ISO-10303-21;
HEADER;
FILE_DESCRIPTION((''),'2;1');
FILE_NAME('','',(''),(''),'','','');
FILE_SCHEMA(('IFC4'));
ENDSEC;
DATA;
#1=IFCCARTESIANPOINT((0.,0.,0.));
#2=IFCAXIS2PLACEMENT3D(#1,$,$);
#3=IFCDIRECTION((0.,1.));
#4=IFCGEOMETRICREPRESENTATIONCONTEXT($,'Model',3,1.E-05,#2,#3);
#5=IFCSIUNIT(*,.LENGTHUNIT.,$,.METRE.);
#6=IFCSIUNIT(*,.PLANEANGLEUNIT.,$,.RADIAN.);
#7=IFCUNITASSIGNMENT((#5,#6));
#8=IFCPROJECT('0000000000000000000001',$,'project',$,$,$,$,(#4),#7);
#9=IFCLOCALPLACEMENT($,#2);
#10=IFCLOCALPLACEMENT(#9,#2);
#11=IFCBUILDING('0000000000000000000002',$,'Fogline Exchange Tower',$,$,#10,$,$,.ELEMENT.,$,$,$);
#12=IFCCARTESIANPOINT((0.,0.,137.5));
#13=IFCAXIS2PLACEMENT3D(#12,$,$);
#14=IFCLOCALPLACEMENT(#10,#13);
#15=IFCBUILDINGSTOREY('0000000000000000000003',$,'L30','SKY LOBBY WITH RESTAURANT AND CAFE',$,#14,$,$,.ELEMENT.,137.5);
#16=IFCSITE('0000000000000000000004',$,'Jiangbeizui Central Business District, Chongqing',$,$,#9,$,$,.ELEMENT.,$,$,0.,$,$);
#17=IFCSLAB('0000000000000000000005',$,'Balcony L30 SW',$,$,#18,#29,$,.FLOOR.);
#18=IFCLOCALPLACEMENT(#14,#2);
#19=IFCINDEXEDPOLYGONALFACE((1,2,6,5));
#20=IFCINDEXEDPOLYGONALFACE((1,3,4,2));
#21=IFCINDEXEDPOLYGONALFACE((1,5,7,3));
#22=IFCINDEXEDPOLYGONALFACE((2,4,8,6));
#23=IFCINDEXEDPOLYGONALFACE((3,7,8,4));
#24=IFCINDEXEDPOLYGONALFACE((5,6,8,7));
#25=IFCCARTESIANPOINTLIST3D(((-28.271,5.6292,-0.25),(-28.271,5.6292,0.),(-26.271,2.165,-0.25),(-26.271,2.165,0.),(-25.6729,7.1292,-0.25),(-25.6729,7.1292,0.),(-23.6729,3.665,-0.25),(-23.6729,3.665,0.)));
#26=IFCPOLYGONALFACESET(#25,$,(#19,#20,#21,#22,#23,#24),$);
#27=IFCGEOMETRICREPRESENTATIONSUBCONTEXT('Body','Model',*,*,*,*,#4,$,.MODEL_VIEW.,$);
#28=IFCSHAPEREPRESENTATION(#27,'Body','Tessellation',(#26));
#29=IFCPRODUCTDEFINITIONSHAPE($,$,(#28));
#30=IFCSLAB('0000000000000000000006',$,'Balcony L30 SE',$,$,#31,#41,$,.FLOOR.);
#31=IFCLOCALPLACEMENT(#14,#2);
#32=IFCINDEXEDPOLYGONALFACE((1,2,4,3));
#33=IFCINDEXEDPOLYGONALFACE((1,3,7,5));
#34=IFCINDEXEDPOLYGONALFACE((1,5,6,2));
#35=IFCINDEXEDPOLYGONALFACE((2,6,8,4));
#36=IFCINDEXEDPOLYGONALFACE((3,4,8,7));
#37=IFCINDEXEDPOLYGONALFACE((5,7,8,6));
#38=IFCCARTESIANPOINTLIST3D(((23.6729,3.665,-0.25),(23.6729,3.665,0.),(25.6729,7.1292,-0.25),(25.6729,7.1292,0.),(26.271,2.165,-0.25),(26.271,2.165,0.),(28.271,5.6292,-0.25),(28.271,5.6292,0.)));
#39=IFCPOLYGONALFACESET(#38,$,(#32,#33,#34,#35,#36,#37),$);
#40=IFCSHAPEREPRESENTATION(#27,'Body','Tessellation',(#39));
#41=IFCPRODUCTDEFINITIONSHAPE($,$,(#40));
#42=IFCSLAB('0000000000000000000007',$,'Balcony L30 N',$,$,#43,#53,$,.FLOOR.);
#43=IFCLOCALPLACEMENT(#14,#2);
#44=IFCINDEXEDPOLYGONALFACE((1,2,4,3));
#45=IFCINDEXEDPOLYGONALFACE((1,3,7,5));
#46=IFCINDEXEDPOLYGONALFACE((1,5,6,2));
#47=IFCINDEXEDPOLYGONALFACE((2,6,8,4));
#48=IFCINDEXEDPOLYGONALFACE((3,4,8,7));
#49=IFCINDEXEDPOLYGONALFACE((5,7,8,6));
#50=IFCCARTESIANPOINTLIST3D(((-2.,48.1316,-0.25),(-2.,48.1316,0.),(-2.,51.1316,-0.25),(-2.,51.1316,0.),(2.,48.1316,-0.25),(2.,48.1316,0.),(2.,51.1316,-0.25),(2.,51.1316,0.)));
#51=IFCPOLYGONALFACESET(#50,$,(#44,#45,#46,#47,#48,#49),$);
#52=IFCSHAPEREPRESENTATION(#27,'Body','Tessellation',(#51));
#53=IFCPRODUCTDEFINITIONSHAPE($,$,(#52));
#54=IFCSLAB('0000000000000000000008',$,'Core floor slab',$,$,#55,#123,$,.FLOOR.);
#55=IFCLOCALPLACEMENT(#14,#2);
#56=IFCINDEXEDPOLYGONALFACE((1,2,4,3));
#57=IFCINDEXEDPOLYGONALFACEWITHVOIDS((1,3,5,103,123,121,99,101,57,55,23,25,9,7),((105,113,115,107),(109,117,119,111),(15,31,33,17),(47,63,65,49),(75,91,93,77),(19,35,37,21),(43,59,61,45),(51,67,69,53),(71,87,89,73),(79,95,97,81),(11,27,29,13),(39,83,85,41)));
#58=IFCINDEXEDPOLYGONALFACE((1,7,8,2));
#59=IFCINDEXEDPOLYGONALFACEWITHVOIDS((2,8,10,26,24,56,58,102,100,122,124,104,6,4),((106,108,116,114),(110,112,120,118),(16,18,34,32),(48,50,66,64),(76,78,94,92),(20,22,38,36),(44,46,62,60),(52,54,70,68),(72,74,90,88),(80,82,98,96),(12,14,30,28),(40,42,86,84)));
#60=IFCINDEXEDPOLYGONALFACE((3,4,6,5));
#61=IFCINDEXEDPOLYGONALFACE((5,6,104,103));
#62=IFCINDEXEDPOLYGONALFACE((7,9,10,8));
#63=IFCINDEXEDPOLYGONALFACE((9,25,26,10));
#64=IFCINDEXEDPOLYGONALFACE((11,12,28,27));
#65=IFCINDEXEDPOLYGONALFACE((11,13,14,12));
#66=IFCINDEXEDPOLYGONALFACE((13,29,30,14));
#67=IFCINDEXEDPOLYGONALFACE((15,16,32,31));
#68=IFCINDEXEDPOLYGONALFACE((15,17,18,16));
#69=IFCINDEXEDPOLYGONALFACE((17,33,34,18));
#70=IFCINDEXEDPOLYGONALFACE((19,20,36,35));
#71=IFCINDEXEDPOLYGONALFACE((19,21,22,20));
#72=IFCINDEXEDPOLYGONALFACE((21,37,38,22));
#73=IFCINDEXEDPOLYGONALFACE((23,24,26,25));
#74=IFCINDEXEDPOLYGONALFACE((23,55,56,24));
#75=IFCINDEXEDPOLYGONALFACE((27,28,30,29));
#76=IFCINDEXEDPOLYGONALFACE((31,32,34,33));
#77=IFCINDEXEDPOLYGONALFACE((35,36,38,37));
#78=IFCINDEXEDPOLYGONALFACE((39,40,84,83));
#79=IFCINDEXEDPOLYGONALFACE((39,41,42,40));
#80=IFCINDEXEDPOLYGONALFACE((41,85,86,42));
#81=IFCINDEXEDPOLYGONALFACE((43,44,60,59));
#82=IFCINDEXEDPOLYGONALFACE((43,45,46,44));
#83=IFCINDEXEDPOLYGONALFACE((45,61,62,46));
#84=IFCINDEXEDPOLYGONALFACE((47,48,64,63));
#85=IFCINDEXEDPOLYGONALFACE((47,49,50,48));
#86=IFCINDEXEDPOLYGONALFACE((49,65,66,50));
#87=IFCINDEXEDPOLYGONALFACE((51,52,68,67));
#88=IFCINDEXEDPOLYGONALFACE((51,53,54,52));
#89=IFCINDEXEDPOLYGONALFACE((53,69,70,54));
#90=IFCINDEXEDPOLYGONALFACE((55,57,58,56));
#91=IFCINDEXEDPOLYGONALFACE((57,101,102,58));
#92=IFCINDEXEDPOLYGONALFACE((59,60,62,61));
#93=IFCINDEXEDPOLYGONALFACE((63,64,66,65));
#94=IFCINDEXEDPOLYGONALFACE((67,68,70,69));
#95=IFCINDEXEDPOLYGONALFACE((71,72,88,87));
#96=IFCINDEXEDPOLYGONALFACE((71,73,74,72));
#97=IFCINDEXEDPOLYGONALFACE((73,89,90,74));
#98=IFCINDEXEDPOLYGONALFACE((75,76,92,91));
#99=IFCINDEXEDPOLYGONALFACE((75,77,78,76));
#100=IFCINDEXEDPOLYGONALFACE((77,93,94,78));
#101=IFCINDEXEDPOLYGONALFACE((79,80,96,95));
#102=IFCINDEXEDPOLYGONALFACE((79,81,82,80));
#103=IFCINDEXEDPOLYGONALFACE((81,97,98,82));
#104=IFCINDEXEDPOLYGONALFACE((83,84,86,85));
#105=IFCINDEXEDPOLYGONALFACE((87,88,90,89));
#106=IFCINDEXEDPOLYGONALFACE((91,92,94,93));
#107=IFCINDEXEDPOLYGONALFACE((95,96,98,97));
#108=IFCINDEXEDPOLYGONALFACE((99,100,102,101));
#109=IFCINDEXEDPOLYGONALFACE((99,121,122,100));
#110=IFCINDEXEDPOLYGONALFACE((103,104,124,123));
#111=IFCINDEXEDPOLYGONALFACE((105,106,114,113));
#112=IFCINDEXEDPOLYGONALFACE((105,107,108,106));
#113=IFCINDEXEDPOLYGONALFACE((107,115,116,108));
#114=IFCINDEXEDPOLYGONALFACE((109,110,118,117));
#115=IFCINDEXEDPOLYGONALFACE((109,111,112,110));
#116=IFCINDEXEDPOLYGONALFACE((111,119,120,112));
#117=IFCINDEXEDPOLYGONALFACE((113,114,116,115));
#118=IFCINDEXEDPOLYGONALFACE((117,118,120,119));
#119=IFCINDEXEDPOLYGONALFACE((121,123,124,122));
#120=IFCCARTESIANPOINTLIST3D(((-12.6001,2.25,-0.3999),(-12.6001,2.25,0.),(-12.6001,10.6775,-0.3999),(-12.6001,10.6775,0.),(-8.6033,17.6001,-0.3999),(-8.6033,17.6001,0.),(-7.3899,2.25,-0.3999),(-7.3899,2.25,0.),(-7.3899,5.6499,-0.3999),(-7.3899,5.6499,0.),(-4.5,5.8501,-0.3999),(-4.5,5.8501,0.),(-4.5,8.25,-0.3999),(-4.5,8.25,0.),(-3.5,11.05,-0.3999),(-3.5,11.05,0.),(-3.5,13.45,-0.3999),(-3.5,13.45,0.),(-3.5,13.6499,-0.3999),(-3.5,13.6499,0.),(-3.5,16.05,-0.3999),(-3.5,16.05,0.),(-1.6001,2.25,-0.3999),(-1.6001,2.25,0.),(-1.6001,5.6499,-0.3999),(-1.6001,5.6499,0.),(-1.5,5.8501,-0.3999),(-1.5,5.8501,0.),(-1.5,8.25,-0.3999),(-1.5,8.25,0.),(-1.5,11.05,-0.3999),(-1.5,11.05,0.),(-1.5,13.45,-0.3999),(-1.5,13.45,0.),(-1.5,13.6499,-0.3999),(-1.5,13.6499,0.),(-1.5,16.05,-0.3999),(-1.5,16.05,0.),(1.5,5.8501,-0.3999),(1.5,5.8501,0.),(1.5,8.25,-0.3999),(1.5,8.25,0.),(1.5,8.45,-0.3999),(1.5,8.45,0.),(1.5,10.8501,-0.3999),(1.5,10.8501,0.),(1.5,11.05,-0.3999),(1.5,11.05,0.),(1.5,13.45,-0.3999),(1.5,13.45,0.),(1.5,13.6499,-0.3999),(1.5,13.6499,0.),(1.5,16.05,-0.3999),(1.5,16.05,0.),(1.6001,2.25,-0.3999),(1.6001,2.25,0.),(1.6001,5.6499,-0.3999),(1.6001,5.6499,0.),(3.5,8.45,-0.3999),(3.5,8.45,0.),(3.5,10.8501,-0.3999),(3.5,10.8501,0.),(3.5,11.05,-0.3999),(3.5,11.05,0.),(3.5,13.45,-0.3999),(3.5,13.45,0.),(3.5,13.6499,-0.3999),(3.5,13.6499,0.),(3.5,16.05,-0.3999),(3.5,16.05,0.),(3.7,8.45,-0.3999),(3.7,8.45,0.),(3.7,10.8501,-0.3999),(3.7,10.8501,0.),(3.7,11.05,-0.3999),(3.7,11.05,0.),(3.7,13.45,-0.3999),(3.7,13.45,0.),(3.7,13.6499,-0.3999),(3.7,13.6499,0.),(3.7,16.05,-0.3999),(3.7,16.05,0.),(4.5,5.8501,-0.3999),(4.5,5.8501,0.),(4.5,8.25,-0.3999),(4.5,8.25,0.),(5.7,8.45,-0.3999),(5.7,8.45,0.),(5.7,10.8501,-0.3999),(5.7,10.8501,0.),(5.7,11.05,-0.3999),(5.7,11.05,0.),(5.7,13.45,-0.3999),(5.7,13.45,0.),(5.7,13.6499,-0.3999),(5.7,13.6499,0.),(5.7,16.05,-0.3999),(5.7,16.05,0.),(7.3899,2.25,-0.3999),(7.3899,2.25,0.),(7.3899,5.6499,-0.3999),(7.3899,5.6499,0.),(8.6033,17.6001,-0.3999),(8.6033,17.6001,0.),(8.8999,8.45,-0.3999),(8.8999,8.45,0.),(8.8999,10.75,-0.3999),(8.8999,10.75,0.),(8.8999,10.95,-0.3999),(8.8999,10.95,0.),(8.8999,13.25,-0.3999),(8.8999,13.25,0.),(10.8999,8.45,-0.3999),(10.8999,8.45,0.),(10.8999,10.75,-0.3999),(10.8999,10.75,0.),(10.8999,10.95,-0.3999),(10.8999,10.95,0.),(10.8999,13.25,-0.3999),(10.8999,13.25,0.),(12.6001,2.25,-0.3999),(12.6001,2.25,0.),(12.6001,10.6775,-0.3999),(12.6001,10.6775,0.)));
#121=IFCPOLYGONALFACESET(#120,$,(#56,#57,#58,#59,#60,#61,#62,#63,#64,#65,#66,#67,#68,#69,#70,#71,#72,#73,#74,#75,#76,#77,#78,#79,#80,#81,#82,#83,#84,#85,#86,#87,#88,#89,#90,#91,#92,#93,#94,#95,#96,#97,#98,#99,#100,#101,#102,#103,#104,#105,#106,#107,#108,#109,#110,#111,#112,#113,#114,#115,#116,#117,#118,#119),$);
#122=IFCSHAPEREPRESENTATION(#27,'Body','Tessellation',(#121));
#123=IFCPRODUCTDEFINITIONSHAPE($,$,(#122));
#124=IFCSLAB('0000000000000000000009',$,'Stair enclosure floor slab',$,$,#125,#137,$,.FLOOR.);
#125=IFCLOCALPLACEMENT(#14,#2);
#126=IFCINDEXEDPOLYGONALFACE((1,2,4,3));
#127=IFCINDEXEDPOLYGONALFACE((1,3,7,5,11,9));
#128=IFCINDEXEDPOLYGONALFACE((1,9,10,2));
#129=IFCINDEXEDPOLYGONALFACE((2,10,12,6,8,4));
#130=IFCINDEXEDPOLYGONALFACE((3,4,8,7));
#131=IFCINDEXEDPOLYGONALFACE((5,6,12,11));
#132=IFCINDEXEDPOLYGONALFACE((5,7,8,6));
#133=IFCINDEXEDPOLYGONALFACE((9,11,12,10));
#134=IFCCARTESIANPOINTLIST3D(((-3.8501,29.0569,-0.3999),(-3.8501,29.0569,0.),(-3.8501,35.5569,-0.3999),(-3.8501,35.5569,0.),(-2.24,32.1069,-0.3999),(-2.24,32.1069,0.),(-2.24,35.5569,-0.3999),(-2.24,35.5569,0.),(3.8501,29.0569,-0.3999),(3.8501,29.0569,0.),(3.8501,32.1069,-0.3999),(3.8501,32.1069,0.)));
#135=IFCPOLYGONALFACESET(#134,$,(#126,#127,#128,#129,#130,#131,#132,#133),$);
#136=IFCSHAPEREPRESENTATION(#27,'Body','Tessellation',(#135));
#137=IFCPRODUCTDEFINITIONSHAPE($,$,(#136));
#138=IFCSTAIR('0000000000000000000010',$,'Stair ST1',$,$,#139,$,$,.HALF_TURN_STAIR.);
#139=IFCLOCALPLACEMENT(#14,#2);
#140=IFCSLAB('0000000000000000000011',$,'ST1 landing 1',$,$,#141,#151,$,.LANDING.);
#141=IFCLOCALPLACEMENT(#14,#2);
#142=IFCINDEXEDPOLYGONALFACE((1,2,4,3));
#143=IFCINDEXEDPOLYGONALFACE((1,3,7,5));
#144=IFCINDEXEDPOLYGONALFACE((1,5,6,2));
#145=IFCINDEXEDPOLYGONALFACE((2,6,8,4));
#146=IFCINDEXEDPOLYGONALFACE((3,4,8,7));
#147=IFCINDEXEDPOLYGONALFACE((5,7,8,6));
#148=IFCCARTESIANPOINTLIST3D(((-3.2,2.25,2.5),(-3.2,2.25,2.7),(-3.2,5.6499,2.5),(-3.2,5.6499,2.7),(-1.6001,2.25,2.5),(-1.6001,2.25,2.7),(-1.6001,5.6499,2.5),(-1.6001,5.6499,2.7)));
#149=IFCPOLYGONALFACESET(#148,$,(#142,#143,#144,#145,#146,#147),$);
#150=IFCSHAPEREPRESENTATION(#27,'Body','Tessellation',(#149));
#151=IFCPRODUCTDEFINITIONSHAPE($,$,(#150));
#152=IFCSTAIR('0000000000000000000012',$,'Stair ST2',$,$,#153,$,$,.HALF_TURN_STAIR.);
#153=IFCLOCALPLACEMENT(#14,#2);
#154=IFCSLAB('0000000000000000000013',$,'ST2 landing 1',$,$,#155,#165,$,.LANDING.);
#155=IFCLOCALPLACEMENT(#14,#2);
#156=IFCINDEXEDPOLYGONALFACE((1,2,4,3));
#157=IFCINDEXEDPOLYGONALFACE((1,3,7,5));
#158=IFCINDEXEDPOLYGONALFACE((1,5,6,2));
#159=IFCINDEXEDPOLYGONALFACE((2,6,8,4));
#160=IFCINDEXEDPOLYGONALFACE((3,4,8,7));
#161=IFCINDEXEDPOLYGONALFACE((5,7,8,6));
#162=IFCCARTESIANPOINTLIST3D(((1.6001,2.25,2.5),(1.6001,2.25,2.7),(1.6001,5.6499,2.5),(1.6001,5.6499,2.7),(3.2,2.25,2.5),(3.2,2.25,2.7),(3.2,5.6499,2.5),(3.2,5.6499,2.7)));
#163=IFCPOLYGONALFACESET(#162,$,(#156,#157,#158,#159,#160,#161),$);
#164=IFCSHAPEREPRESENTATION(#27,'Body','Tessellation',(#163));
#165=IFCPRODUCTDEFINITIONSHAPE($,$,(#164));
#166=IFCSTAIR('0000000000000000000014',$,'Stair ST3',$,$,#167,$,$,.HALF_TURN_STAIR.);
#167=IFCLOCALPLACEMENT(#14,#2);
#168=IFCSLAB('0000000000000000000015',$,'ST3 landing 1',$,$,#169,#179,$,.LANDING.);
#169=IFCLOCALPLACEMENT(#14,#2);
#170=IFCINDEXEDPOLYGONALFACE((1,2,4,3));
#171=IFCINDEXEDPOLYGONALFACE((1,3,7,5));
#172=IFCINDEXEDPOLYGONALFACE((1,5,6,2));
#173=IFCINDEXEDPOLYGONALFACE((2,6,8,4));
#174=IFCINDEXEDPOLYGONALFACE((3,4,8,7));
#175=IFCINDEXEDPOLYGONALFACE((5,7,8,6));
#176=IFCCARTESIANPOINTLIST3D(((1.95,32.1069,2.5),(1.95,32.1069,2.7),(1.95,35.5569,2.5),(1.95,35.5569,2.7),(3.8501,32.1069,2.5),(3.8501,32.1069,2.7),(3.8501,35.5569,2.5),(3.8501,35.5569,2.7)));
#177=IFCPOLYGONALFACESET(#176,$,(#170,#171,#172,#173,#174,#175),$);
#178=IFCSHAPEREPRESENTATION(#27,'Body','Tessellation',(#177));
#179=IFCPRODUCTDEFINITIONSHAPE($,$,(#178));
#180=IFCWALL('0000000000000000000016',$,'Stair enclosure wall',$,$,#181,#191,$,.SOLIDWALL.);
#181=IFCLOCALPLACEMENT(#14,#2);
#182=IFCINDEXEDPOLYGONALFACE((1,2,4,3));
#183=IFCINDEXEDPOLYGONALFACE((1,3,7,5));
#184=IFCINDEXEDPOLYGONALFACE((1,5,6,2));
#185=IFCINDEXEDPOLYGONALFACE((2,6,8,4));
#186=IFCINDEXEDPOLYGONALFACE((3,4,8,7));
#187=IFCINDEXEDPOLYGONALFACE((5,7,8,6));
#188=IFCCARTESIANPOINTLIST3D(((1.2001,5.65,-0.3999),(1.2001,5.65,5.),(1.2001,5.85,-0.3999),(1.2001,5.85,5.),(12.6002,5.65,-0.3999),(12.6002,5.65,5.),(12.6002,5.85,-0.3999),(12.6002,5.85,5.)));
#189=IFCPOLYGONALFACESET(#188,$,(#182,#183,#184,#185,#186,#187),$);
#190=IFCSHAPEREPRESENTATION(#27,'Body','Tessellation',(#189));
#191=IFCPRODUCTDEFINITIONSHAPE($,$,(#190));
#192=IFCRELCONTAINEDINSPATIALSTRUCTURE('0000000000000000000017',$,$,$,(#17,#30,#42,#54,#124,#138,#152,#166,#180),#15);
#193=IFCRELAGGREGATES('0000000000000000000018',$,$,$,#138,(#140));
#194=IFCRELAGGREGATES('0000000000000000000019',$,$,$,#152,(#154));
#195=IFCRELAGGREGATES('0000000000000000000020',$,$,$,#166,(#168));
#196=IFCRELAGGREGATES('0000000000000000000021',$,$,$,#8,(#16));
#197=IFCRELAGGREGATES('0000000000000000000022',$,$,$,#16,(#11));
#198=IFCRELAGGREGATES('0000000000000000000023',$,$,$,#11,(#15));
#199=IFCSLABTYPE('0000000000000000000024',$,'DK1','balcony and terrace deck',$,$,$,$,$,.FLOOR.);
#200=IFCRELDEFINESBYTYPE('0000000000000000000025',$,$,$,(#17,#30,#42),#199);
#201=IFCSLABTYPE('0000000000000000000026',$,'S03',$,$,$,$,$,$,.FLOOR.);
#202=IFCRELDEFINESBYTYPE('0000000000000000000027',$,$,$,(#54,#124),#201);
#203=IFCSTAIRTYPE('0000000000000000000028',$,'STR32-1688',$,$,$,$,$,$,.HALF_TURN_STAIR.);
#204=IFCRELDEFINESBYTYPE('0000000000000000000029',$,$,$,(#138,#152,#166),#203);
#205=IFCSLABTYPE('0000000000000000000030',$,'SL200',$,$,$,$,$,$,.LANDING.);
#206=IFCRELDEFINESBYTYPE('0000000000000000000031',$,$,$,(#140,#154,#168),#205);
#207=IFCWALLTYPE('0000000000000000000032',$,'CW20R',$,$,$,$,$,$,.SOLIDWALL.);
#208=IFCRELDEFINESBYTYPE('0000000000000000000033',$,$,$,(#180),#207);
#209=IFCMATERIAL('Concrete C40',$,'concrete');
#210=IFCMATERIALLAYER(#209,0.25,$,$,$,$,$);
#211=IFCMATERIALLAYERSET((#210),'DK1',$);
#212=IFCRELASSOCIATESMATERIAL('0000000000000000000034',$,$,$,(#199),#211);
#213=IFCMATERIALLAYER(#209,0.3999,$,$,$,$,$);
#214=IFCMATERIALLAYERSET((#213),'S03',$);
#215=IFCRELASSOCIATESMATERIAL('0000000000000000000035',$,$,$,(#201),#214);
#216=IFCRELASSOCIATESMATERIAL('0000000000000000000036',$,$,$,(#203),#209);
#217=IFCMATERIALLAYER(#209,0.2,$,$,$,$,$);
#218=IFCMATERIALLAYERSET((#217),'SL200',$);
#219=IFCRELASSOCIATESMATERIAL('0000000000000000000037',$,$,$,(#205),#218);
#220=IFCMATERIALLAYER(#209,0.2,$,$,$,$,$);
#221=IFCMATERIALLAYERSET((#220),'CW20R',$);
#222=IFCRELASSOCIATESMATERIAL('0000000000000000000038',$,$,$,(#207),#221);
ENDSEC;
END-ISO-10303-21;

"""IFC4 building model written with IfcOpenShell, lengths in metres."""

from ifc_helpers import new_model, si_unit, direction, frame, frame_2d, origin, place, context, subcontext, project, spatial, polyline, rectangle, outline, extrude, material, layer, layer_set, type_object, element, aggregate, save


model = new_model("IFC4")

# Units and contexts
model_context = context("Model", 3, precision=1e-05, world=origin(), true_north=direction((0.0, 1.0)))
body_context = subcontext(model_context, "Body", "Model", "MODEL_VIEW")
ifc_project = project(units=[si_unit("LENGTHUNIT", "METRE"), si_unit("PLANEANGLEUNIT", "RADIAN")], contexts=[model_context])

# Site, building, storey
site_placement = place(None, origin())
site = spatial("IfcSite", under=ifc_project, at=site_placement, Name="Jiangbeizui Central Business District, Chongqing", CompositionType="ELEMENT", RefElevation=0.0)
building_placement = place(site_placement, origin())
building = spatial("IfcBuilding", under=site, at=building_placement, Name="Fogline Exchange Tower", CompositionType="ELEMENT")
storey_placement = place(building_placement, frame((0.0, 0.0, 137.5)))
storey = spatial("IfcBuildingStorey", under=building, at=storey_placement, Name="L30", Description="SKY LOBBY WITH RESTAURANT AND CAFE", CompositionType="ELEMENT", Elevation=137.5)

# Slabs
ifc_material_1 = material(Name="Concrete C40", Category="concrete")
ifc_layer_1 = layer(ifc_material_1, 0.25)
ifc_layer_set_1 = layer_set([ifc_layer_1], Name="DK1")
slab_type_1 = type_object("IfcSlabType", Name="DK1", Description="balcony and terrace deck", PredefinedType="FLOOR", material=ifc_layer_set_1)
slab_1_placement = place(storey_placement, frame((0.0, 0.0, -0.25)))
element("IfcSlab", 1, at=slab_1_placement, inside=storey, type_object=slab_type_1, Name="Balcony L30 SW", PredefinedType="FLOOR", context=body_context, shape_type="SweptSolid", body=[
    extrude(outline(polyline([(-28.271, 5.6292), (-26.271, 2.165), (-23.6729, 3.665), (-25.6729, 7.1292), (-28.271, 5.6292)])), origin(), (0.0, 0.0, 1.0), 0.25),
])
slab_2_placement = place(storey_placement, frame((0.0, 0.0, -0.25)))
element("IfcSlab", 2, at=slab_2_placement, inside=storey, type_object=slab_type_1, Name="Balcony L30 SE", PredefinedType="FLOOR", context=body_context, shape_type="SweptSolid", body=[
    extrude(outline(polyline([(26.271, 2.165), (28.271, 5.6292), (25.6729, 7.1292), (23.6729, 3.665), (26.271, 2.165)])), origin(), (0.0, 0.0, 1.0), 0.25),
])
slab_3_placement = place(storey_placement, frame((0.0, 0.0, -0.25)))
element("IfcSlab", 3, at=slab_3_placement, inside=storey, type_object=slab_type_1, Name="Balcony L30 N", PredefinedType="FLOOR", context=body_context, shape_type="SweptSolid", body=[
    extrude(outline(polyline([(2.0, 51.1316), (-2.0, 51.1316), (-2.0, 48.1316), (2.0, 48.1316), (2.0, 51.1316)])), origin(), (0.0, 0.0, 1.0), 0.25),
])
ifc_layer_2 = layer(ifc_material_1, 0.3999)
ifc_layer_set_2 = layer_set([ifc_layer_2], Name="S03")
slab_type_2 = type_object("IfcSlabType", Name="S03", PredefinedType="FLOOR", material=ifc_layer_set_2)
slab_4_placement = place(storey_placement, frame((0.0, 0.0, -0.3999)))
element("IfcSlab", 4, at=slab_4_placement, inside=storey, type_object=slab_type_2, Name="Core floor slab", PredefinedType="FLOOR", context=body_context, shape_type="SweptSolid", body=[
    extrude(outline(polyline([(-12.6001, 2.25), (-12.6001, 10.6775), (-8.6033, 17.6001), (8.6033, 17.6001), (12.6001, 10.6775), (12.6001, 2.25), (7.3899, 2.25), (7.3899, 5.6499), (1.6001, 5.6499), (1.6001, 2.25), (-1.6001, 2.25), (-1.6001, 5.6499), (-7.3899, 5.6499), (-7.3899, 2.25), (-12.6001, 2.25)]), holes=[polyline([(-1.5, 8.25), (-4.5, 8.25), (-4.5, 5.8501), (-1.5, 5.8501), (-1.5, 8.25)]), polyline([(3.5, 10.8501), (1.5, 10.8501), (1.5, 8.45), (3.5, 8.45), (3.5, 10.8501)]), polyline([(-1.5, 13.45), (-3.5, 13.45), (-3.5, 11.05), (-1.5, 11.05), (-1.5, 13.45)]), polyline([(3.5, 13.45), (1.5, 13.45), (1.5, 11.05), (3.5, 11.05), (3.5, 13.45)]), polyline([(-1.5, 16.05), (-3.5, 16.05), (-3.5, 13.6499), (-1.5, 13.6499), (-1.5, 16.05)]), polyline([(3.5, 16.05), (1.5, 16.05), (1.5, 13.6499), (3.5, 13.6499), (3.5, 16.05)]), polyline([(4.5, 8.25), (1.5, 8.25), (1.5, 5.8501), (4.5, 5.8501), (4.5, 8.25)]), polyline([(10.8999, 10.75), (8.8999, 10.75), (8.8999, 8.45), (10.8999, 8.45), (10.8999, 10.75)]), polyline([(5.7, 10.8501), (3.7, 10.8501), (3.7, 8.45), (5.7, 8.45), (5.7, 10.8501)]), polyline([(10.8999, 13.25), (8.8999, 13.25), (8.8999, 10.95), (10.8999, 10.95), (10.8999, 13.25)]), polyline([(5.7, 13.45), (3.7, 13.45), (3.7, 11.05), (5.7, 11.05), (5.7, 13.45)]), polyline([(5.7, 16.05), (3.7, 16.05), (3.7, 13.6499), (5.7, 13.6499), (5.7, 16.05)])]), origin(), (0.0, 0.0, 1.0), 0.3999),
])
slab_5_placement = place(storey_placement, frame((0.0, 0.0, -0.3999)))
element("IfcSlab", 5, at=slab_5_placement, inside=storey, type_object=slab_type_2, Name="Stair enclosure floor slab", PredefinedType="FLOOR", context=body_context, shape_type="SweptSolid", body=[
    extrude(outline(polyline([(3.8501, 29.0569), (-3.8501, 29.0569), (-3.8501, 35.5569), (-2.24, 35.5569), (-2.24, 32.1069), (3.8501, 32.1069), (3.8501, 29.0569)])), origin(), (0.0, 0.0, 1.0), 0.3999),
])

# Stairs, slabs
stair_type = type_object("IfcStairType", Name="STR32-1688", PredefinedType="HALF_TURN_STAIR", material=ifc_material_1)
stair_1_placement = place(storey_placement, origin())
stair_1 = element("IfcStair", 6, at=stair_1_placement, inside=storey, type_object=stair_type, Name="Stair ST1", PredefinedType="HALF_TURN_STAIR")
ifc_layer_3 = layer(ifc_material_1, 0.2)
ifc_layer_set_3 = layer_set([ifc_layer_3], Name="SL200")
slab_type_3 = type_object("IfcSlabType", Name="SL200", PredefinedType="LANDING", material=ifc_layer_set_3)
slab_6_placement = place(storey_placement, frame((0.0, 0.0, 2.5)))
slab_6 = element("IfcSlab", 7, at=slab_6_placement, type_object=slab_type_3, Name="ST1 landing 1", PredefinedType="LANDING", context=body_context, shape_type="SweptSolid", body=[
    extrude(outline(polyline([(-3.2, 2.25), (-1.6001, 2.25), (-1.6001, 5.6499), (-3.2, 5.6499), (-3.2, 2.25)])), origin(), (0.0, 0.0, 1.0), 0.2),
])
aggregate(stair_1, [slab_6])
stair_2_placement = place(storey_placement, origin())
stair_2 = element("IfcStair", 8, at=stair_2_placement, inside=storey, type_object=stair_type, Name="Stair ST2", PredefinedType="HALF_TURN_STAIR")
slab_7_placement = place(storey_placement, frame((0.0, 0.0, 2.5)))
slab_7 = element("IfcSlab", 9, at=slab_7_placement, type_object=slab_type_3, Name="ST2 landing 1", PredefinedType="LANDING", context=body_context, shape_type="SweptSolid", body=[
    extrude(outline(polyline([(1.6001, 2.25), (3.2, 2.25), (3.2, 5.6499), (1.6001, 5.6499), (1.6001, 2.25)])), origin(), (0.0, 0.0, 1.0), 0.2),
])
aggregate(stair_2, [slab_7])
stair_3_placement = place(storey_placement, origin())
stair_3 = element("IfcStair", 10, at=stair_3_placement, inside=storey, type_object=stair_type, Name="Stair ST3", PredefinedType="HALF_TURN_STAIR")
slab_8_placement = place(storey_placement, frame((0.0, 0.0, 2.5)))
slab_8 = element("IfcSlab", 11, at=slab_8_placement, type_object=slab_type_3, Name="ST3 landing 1", PredefinedType="LANDING", context=body_context, shape_type="SweptSolid", body=[
    extrude(outline(polyline([(1.95, 32.1069), (3.8501, 32.1069), (3.8501, 35.5569), (1.95, 35.5569), (1.95, 32.1069)])), origin(), (0.0, 0.0, 1.0), 0.2),
])
aggregate(stair_3, [slab_8])

# Wall
ifc_layer_4 = layer(ifc_material_1, 0.2)
ifc_layer_set_4 = layer_set([ifc_layer_4], Name="CW20R")
wall_type_1 = type_object("IfcWallType", Name="CW20R", PredefinedType="SOLIDWALL", material=ifc_layer_set_4)
wall_1_placement = place(storey_placement, frame((1.2, 5.75, -0.3999), z_axis=(0.0, 0.0, 1.0), x_axis=(1.0, 0.0, 0.0)))
element("IfcWall", 12, at=wall_1_placement, inside=storey, type_object=wall_type_1, Name="Stair enclosure wall", PredefinedType="SOLIDWALL", context=body_context, shape_type="SweptSolid", body=[
    extrude(rectangle(XDim=11.4001, YDim=0.2, at=frame_2d((5.7002, 0.0))), origin(), (0.0, 0.0, 1.0), 5.3999),
])

save(model, "model.ifc")
